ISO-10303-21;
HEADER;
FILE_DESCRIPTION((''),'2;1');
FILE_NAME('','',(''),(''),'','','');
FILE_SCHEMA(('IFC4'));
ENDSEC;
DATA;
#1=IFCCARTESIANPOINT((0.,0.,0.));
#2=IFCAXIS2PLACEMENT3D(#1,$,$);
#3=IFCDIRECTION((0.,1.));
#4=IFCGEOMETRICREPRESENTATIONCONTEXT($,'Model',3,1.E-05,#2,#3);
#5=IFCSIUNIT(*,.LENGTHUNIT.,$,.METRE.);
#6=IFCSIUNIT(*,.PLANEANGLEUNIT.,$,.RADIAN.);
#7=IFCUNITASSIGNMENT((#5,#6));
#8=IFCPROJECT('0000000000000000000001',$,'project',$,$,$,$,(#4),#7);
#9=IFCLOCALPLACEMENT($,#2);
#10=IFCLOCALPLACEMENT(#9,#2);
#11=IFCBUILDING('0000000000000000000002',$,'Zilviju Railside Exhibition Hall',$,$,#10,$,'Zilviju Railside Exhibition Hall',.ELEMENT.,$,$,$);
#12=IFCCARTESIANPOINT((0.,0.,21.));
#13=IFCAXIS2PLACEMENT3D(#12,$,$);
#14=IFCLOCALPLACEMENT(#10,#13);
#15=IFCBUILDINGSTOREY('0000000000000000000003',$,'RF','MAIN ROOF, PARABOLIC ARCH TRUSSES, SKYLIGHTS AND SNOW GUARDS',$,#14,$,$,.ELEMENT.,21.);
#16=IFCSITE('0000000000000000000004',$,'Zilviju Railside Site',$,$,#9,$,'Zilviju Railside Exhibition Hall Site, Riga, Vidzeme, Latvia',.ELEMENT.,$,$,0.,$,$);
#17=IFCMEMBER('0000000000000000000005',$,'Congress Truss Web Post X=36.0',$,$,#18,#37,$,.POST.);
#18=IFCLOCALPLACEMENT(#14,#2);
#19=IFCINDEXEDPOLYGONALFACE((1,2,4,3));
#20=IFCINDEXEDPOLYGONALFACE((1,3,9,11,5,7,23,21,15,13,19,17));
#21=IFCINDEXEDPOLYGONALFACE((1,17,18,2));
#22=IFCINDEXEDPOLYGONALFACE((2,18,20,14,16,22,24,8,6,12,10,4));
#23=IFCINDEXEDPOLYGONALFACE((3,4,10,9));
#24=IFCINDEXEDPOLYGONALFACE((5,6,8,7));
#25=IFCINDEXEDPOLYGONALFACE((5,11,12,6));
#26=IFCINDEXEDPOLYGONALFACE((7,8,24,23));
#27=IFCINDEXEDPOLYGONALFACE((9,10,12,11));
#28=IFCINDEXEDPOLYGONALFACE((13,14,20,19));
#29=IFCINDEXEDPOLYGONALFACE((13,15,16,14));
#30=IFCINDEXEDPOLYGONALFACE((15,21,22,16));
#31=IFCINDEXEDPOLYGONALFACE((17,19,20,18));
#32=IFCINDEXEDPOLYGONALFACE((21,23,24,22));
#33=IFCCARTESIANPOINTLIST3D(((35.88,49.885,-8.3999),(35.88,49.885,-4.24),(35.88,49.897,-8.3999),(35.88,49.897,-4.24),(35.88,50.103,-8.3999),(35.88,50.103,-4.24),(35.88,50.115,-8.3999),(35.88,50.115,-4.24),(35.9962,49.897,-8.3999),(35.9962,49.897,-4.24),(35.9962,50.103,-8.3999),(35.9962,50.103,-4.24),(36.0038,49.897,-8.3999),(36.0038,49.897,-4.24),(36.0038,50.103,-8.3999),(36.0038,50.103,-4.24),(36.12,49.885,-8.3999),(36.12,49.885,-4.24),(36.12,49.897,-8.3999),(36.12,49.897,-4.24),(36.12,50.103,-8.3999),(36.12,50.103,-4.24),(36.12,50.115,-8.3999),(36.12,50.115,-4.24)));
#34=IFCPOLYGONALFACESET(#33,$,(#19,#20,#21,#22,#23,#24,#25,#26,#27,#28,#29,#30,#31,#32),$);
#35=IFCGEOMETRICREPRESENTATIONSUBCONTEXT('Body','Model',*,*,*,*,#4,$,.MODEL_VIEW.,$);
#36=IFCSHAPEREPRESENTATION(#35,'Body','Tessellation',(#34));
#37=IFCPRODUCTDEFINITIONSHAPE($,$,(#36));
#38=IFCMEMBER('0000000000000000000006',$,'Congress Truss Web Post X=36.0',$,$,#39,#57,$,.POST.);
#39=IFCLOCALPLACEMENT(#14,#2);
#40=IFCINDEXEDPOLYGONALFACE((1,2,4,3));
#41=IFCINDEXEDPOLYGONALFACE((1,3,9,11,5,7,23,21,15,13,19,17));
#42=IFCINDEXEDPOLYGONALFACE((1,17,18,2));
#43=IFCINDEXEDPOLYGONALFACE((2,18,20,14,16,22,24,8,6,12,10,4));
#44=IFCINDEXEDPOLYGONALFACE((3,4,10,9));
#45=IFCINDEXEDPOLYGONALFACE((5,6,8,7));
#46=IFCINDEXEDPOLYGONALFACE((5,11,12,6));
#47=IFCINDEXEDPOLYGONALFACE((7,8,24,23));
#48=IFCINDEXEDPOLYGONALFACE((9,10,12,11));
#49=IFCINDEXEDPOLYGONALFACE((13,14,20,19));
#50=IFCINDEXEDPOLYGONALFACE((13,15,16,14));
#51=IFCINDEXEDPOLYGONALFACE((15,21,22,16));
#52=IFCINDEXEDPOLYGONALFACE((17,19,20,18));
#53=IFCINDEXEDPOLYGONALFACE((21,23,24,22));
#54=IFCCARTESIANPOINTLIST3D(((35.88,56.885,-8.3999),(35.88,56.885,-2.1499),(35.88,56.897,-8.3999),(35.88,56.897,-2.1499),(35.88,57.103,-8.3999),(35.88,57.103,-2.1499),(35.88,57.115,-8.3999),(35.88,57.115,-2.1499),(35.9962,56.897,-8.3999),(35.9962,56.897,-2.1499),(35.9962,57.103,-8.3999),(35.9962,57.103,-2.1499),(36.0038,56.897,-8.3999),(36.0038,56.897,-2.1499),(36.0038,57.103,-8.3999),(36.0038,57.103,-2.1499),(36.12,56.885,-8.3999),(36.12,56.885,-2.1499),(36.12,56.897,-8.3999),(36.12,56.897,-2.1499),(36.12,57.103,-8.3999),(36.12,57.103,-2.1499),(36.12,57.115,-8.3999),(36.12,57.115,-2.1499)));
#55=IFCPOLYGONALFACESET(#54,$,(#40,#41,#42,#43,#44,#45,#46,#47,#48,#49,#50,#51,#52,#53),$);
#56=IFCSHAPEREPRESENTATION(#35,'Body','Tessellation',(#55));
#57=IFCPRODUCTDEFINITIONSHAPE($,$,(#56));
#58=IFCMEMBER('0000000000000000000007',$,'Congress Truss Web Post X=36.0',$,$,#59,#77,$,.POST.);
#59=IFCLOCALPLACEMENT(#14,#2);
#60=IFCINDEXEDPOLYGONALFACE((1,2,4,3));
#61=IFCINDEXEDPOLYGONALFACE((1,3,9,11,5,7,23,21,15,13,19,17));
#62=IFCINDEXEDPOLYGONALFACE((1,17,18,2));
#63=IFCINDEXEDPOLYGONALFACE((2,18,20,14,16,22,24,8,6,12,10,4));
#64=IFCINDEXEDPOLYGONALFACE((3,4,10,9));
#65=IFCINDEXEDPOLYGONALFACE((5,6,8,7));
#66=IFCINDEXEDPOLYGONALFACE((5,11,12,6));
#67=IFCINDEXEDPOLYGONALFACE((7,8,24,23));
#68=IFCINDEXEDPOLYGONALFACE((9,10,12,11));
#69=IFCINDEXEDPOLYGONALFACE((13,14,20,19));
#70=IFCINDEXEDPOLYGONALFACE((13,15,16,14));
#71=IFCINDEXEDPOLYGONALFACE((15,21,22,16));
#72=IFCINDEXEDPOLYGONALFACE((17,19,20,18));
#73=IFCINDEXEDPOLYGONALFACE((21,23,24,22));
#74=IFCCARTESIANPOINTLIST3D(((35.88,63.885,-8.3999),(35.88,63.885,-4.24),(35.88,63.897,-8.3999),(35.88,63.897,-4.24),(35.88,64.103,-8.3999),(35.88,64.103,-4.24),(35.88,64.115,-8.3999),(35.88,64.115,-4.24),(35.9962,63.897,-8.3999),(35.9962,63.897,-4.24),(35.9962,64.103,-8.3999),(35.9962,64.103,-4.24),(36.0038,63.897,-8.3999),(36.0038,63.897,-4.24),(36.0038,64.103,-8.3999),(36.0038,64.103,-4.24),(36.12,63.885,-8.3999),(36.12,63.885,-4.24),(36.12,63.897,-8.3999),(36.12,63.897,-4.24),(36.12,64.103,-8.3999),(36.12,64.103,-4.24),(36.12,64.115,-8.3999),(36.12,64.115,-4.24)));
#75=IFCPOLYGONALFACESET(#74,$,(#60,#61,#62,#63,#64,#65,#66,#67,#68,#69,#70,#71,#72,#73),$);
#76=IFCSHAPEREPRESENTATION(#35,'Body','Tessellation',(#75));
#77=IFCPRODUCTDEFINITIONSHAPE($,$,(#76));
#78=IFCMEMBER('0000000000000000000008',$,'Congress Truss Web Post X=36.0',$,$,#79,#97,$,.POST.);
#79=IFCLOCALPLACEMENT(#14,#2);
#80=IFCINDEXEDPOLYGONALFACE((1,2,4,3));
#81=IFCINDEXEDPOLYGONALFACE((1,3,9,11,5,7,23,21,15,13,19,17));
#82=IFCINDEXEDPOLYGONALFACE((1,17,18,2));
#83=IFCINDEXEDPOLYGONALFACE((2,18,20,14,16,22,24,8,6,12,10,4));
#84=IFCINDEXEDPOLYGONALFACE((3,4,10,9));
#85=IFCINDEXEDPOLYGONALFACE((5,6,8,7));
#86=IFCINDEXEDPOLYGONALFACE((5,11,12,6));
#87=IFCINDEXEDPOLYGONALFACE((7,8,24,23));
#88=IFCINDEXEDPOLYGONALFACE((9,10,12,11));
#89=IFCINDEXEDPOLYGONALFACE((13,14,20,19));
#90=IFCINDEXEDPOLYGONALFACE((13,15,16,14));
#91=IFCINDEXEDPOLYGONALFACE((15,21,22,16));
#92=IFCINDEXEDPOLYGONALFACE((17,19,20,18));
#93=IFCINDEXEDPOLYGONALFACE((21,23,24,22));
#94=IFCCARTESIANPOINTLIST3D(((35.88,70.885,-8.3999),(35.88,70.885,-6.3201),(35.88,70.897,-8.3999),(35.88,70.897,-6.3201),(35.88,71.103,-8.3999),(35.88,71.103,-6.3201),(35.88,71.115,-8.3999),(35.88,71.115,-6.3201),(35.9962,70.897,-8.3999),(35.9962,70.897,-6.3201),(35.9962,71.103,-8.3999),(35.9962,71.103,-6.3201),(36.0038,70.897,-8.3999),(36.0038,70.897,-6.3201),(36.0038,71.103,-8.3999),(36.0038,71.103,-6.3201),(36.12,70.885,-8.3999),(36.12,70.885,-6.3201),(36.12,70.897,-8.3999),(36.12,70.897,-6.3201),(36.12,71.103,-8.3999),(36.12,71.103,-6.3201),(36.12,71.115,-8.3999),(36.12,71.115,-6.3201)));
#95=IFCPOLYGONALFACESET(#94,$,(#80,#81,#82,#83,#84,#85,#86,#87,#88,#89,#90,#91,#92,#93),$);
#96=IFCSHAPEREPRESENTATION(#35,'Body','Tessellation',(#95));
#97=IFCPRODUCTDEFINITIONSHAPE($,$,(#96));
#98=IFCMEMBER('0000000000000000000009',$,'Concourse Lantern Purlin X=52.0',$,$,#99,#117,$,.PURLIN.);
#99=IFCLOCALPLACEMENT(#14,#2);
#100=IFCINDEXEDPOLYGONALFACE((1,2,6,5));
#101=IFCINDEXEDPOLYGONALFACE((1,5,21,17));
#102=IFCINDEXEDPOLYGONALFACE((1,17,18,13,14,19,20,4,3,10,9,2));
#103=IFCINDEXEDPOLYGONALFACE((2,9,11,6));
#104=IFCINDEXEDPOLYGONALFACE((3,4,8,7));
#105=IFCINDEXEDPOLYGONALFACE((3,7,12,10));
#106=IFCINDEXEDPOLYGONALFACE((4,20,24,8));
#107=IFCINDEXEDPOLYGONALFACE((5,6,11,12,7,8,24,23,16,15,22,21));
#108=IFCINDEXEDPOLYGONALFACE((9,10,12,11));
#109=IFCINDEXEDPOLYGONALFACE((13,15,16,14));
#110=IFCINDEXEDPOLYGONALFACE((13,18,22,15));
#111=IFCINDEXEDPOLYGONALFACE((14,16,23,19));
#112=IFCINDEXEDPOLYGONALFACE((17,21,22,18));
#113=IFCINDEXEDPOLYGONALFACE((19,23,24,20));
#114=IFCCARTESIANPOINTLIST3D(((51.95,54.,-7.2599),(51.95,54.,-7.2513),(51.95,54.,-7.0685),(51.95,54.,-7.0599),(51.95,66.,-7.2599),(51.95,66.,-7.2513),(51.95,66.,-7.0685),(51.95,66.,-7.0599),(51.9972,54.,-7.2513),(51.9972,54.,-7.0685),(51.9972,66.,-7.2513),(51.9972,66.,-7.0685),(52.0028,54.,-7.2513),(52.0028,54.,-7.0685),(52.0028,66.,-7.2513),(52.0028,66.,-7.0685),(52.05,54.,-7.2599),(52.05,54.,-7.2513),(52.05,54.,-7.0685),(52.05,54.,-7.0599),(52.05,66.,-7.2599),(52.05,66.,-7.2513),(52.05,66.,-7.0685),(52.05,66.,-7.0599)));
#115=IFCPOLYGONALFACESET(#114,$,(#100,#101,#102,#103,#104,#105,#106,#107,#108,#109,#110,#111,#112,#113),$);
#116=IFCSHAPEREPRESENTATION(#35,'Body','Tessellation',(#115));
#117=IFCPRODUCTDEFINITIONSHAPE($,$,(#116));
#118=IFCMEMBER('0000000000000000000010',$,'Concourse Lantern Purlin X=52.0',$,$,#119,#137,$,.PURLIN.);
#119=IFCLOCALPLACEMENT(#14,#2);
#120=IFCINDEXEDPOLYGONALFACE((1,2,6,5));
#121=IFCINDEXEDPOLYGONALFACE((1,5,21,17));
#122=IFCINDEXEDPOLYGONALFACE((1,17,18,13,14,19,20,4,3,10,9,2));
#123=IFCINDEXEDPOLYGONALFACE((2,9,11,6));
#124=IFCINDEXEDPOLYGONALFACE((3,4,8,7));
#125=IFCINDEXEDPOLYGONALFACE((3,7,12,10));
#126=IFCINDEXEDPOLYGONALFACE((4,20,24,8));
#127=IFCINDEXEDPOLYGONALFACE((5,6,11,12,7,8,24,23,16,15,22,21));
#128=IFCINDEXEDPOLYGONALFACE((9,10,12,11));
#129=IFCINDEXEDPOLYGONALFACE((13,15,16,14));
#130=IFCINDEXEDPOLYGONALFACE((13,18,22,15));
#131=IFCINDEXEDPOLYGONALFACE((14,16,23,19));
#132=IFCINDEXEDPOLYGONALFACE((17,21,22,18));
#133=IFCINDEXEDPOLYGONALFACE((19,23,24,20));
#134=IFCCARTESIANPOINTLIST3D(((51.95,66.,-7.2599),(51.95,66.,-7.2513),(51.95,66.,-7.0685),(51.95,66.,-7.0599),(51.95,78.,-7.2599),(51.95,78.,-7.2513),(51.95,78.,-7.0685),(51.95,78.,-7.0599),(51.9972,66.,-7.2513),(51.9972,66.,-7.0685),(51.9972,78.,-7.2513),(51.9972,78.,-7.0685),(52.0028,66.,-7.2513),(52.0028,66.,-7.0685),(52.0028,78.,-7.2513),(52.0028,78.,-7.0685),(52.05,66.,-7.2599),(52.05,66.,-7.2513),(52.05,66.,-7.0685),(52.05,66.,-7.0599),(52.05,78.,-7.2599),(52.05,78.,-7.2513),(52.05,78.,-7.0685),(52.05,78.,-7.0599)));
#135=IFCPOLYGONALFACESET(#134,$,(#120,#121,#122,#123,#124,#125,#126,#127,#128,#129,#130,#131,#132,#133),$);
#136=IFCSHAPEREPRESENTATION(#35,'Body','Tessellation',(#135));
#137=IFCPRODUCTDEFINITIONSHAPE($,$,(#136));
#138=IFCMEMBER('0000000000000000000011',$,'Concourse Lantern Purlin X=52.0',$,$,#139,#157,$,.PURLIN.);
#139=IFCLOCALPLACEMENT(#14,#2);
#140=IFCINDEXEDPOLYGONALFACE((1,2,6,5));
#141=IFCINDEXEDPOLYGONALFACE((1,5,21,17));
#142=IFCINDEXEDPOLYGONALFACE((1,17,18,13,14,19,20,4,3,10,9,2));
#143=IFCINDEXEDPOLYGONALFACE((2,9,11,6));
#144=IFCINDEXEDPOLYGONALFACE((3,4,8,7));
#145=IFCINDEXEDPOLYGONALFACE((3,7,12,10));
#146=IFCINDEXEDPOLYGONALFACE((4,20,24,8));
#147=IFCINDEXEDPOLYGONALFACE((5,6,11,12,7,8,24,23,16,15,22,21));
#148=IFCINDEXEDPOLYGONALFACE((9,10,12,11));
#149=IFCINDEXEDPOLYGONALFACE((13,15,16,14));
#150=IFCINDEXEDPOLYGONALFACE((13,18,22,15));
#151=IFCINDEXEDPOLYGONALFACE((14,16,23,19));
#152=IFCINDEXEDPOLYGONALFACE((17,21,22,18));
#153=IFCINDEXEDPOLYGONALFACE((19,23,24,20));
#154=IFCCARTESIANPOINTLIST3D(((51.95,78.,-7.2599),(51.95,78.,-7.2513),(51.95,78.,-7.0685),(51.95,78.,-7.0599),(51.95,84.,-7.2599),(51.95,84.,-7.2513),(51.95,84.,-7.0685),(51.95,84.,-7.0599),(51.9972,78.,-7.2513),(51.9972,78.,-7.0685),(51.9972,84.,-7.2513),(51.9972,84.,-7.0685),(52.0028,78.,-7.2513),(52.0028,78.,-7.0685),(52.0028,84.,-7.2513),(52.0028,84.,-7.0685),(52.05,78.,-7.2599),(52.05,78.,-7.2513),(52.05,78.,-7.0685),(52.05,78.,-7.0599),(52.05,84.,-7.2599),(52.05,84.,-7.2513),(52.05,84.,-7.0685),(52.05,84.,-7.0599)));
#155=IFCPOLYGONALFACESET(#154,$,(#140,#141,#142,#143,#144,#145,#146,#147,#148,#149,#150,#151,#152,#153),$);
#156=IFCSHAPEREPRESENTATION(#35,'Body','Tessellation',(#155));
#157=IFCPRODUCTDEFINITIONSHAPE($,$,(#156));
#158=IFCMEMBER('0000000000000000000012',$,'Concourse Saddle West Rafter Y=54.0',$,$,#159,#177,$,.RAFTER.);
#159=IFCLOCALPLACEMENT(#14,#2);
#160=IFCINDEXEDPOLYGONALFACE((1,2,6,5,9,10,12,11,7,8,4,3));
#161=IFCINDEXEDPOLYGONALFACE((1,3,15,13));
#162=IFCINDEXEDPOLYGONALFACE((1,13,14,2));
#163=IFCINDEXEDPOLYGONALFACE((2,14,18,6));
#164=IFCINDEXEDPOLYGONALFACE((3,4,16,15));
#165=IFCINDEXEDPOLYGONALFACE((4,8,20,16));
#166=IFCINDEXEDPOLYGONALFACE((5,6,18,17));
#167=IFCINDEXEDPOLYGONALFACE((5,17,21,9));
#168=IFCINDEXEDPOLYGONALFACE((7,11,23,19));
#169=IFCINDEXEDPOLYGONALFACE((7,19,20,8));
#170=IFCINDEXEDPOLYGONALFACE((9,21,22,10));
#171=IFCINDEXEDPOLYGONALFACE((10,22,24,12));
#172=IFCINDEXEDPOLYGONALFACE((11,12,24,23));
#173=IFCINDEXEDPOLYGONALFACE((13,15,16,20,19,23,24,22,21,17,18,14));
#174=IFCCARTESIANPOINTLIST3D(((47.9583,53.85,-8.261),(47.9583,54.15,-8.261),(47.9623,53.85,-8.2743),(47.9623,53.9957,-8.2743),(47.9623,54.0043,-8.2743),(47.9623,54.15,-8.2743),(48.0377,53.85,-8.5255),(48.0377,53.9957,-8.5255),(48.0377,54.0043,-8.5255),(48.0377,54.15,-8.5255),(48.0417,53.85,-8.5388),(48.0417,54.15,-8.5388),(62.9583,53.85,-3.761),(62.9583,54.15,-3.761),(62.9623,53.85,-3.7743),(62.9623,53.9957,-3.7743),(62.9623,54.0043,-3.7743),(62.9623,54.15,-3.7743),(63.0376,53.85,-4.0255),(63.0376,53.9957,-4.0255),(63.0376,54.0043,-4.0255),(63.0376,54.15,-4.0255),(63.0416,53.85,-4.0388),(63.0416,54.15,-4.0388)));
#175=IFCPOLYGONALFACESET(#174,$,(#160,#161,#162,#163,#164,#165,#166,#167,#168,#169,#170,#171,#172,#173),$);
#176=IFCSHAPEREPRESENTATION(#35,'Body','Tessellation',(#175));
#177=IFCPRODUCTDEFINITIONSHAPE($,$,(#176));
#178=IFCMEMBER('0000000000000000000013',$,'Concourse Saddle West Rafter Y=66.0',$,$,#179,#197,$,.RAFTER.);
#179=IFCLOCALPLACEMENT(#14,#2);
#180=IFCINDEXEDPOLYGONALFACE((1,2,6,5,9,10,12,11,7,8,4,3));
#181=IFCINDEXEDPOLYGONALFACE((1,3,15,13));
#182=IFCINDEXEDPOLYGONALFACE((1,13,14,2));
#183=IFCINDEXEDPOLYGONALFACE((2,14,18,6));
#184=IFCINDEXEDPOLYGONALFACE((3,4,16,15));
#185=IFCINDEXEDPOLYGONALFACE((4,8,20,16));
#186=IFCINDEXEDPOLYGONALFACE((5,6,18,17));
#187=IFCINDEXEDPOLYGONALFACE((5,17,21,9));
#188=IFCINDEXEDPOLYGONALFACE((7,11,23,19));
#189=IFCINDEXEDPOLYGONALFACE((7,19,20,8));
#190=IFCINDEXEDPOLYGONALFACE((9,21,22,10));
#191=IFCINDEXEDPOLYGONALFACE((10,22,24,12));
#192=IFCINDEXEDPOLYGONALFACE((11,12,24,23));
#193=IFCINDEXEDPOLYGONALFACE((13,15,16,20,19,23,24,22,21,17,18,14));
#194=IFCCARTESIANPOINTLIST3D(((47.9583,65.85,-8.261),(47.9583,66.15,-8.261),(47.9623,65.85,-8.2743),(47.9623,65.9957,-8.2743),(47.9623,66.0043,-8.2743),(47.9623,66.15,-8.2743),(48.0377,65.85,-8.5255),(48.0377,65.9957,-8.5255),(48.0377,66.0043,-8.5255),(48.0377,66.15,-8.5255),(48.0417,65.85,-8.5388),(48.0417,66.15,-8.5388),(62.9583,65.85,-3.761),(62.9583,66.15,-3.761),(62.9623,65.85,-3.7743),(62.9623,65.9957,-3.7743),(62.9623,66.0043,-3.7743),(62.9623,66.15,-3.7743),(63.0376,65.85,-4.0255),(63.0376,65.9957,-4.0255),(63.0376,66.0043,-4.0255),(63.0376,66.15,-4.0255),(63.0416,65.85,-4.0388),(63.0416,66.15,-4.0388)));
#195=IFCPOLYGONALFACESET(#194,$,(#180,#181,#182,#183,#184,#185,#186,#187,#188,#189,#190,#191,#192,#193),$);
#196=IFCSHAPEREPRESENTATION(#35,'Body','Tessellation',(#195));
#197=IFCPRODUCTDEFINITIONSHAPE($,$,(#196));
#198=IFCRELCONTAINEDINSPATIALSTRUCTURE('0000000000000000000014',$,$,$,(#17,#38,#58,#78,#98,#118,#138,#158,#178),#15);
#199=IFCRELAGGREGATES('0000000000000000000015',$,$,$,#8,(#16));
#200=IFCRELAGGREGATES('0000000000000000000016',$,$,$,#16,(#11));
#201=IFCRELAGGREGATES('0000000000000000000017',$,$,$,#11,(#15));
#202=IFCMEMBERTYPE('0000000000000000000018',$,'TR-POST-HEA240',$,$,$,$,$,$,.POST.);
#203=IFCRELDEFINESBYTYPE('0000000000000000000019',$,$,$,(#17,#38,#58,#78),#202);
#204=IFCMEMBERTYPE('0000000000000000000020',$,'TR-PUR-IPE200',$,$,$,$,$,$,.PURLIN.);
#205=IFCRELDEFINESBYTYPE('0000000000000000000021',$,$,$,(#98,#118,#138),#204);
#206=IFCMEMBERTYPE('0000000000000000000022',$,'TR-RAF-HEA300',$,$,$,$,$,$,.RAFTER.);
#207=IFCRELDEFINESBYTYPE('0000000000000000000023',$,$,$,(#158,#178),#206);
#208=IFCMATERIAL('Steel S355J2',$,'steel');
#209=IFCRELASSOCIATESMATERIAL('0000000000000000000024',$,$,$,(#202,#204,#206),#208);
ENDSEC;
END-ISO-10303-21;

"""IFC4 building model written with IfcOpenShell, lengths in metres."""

from ifc_helpers import new_model, si_unit, direction, frame, origin, origin_2d, place, context, subcontext, project, spatial, i_section, extrude, material, material_profile, profile_set, type_object, element, save


model = new_model("IFC4")

# Units and contexts
model_context = context("Model", 3, precision=1e-05, world=origin(), true_north=direction((0.0, 1.0)))
body_context = subcontext(model_context, "Body", "Model", "MODEL_VIEW")
ifc_project = project(units=[si_unit("LENGTHUNIT", "METRE"), si_unit("PLANEANGLEUNIT", "RADIAN")], contexts=[model_context])

# Site, building, storey
site_placement = place(None, origin())
site = spatial("IfcSite", under=ifc_project, at=site_placement, Name="Zilviju Railside Site", LongName="Zilviju Railside Exhibition Hall Site, Riga, Vidzeme, Latvia", CompositionType="ELEMENT", RefElevation=0.0)
building_placement = place(site_placement, origin())
building = spatial("IfcBuilding", under=site, at=building_placement, Name="Zilviju Railside Exhibition Hall", LongName="Zilviju Railside Exhibition Hall", CompositionType="ELEMENT")
storey_placement = place(building_placement, frame((0.0, 0.0, 21.0)))
storey = spatial("IfcBuildingStorey", under=building, at=storey_placement, Name="RF", Description="MAIN ROOF, PARABOLIC ARCH TRUSSES, SKYLIGHTS AND SNOW GUARDS", CompositionType="ELEMENT", Elevation=21.0)

# Shared definitions
ifc_material_1 = material(Name="Steel S355J2", Category="steel")

# Members
ifc_material_profile_1 = material_profile(ifc_material_1, i_section(OverallWidth=0.24, OverallDepth=0.23, WebThickness=0.0076, FlangeThickness=0.012, at=origin_2d()), Name="HEA 240")
ifc_profile_set_1 = profile_set([ifc_material_profile_1], Name="Steel S355J2")
member_type_1 = type_object("IfcMemberType", Name="TR-POST-HEA240", PredefinedType="POST", material=ifc_profile_set_1)
member_1_placement = place(storey_placement, frame((36.0, 50.0, -8.3999), z_axis=(0.0, 0.0, 1.0), x_axis=(1.0, 0.0, 0.0)))
element("IfcMember", 1, at=member_1_placement, inside=storey, type_object=member_type_1, Name="Congress Truss Web Post X=36.0", PredefinedType="POST", context=body_context, shape_type="SweptSolid", body=[
    extrude(i_section(OverallWidth=0.24, OverallDepth=0.23, WebThickness=0.0076, FlangeThickness=0.012, at=origin_2d()), origin(), (0.0, 0.0, 1.0), 4.1599),
])
member_2_placement = place(storey_placement, frame((36.0, 57.0, -8.3999), z_axis=(0.0, 0.0, 1.0), x_axis=(1.0, 0.0, 0.0)))
element("IfcMember", 2, at=member_2_placement, inside=storey, type_object=member_type_1, Name="Congress Truss Web Post X=36.0", PredefinedType="POST", context=body_context, shape_type="SweptSolid", body=[
    extrude(i_section(OverallWidth=0.24, OverallDepth=0.23, WebThickness=0.0076, FlangeThickness=0.012, at=origin_2d()), origin(), (0.0, 0.0, 1.0), 6.25),
])
member_3_placement = place(storey_placement, frame((36.0, 64.0, -8.3999), z_axis=(0.0, 0.0, 1.0), x_axis=(1.0, 0.0, 0.0)))
element("IfcMember", 3, at=member_3_placement, inside=storey, type_object=member_type_1, Name="Congress Truss Web Post X=36.0", PredefinedType="POST", context=body_context, shape_type="SweptSolid", body=[
    extrude(i_section(OverallWidth=0.24, OverallDepth=0.23, WebThickness=0.0076, FlangeThickness=0.012, at=origin_2d()), origin(), (0.0, 0.0, 1.0), 4.1599),
])
member_4_placement = place(storey_placement, frame((36.0, 71.0, -8.3999), z_axis=(0.0, 0.0, 1.0), x_axis=(1.0, 0.0, 0.0)))
element("IfcMember", 4, at=member_4_placement, inside=storey, type_object=member_type_1, Name="Congress Truss Web Post X=36.0", PredefinedType="POST", context=body_context, shape_type="SweptSolid", body=[
    extrude(i_section(OverallWidth=0.24, OverallDepth=0.23, WebThickness=0.0076, FlangeThickness=0.012, at=origin_2d()), origin(), (0.0, 0.0, 1.0), 2.0798),
])
ifc_material_profile_2 = material_profile(ifc_material_1, i_section(OverallWidth=0.1001, OverallDepth=0.2, WebThickness=0.0056, FlangeThickness=0.0085, at=origin_2d()), Name="IPE 200")
ifc_profile_set_2 = profile_set([ifc_material_profile_2], Name="Steel S355J2")
member_type_2 = type_object("IfcMemberType", Name="TR-PUR-IPE200", PredefinedType="PURLIN", material=ifc_profile_set_2)
for number, where, z_axis, x_axis, name in (
    (5, (52.0, 54.0, -7.1599), (0.0, 1.0, 0.0), (-1.0, 0.0, 0.0), "Concourse Lantern Purlin X=52.0"),
    (6, (52.0, 66.0, -7.1599), (0.0, 1.0, 0.0), (-1.0, 0.0, 0.0), "Concourse Lantern Purlin X=52.0"),
):
    element("IfcMember", number, at=place(storey_placement, frame(where, z_axis=z_axis, x_axis=x_axis)), inside=storey, type_object=member_type_2, Name=name, PredefinedType="PURLIN", context=body_context, shape_type="SweptSolid", body=[
        extrude(i_section(OverallWidth=0.1001, OverallDepth=0.2, WebThickness=0.0056, FlangeThickness=0.0085, at=origin_2d()), origin(), (0.0, 0.0, 1.0), 12.0),
    ])
member_5_placement = place(storey_placement, frame((52.0, 78.0, -7.1599), z_axis=(0.0, 1.0, 0.0), x_axis=(-1.0, 0.0, 0.0)))
element("IfcMember", 7, at=member_5_placement, inside=storey, type_object=member_type_2, Name="Concourse Lantern Purlin X=52.0", PredefinedType="PURLIN", context=body_context, shape_type="SweptSolid", body=[
    extrude(i_section(OverallWidth=0.1001, OverallDepth=0.2, WebThickness=0.0056, FlangeThickness=0.0085, at=origin_2d()), origin(), (0.0, 0.0, 1.0), 6.0),
])
ifc_material_profile_3 = material_profile(ifc_material_1, i_section(OverallWidth=0.3, OverallDepth=0.29, WebThickness=0.0085, FlangeThickness=0.0139, at=origin_2d()), Name="HEA 300")
ifc_profile_set_3 = profile_set([ifc_material_profile_3], Name="Steel S355J2")
member_type_3 = type_object("IfcMemberType", Name="TR-RAF-HEA300", PredefinedType="RAFTER", material=ifc_profile_set_3)
for number, where, z_axis, x_axis, name in (
    (8, (48.0, 54.0, -8.3999), (0.957826, 0.0, 0.287348), (0.0, 1.0, 0.0), "Concourse Saddle West Rafter Y=54.0"),
    (9, (48.0, 66.0, -8.3999), (0.957826, 0.0, 0.287348), (0.0, 1.0, 0.0), "Concourse Saddle West Rafter Y=66.0"),
):
    element("IfcMember", number, at=place(storey_placement, frame(where, z_axis=z_axis, x_axis=x_axis)), inside=storey, type_object=member_type_3, Name=name, PredefinedType="RAFTER", context=body_context, shape_type="SweptSolid", body=[
        extrude(i_section(OverallWidth=0.3, OverallDepth=0.29, WebThickness=0.0085, FlangeThickness=0.0139, at=origin_2d()), origin(), (0.0, 0.0, 1.0), 15.6604),
    ])

save(model, "model.ifc")
